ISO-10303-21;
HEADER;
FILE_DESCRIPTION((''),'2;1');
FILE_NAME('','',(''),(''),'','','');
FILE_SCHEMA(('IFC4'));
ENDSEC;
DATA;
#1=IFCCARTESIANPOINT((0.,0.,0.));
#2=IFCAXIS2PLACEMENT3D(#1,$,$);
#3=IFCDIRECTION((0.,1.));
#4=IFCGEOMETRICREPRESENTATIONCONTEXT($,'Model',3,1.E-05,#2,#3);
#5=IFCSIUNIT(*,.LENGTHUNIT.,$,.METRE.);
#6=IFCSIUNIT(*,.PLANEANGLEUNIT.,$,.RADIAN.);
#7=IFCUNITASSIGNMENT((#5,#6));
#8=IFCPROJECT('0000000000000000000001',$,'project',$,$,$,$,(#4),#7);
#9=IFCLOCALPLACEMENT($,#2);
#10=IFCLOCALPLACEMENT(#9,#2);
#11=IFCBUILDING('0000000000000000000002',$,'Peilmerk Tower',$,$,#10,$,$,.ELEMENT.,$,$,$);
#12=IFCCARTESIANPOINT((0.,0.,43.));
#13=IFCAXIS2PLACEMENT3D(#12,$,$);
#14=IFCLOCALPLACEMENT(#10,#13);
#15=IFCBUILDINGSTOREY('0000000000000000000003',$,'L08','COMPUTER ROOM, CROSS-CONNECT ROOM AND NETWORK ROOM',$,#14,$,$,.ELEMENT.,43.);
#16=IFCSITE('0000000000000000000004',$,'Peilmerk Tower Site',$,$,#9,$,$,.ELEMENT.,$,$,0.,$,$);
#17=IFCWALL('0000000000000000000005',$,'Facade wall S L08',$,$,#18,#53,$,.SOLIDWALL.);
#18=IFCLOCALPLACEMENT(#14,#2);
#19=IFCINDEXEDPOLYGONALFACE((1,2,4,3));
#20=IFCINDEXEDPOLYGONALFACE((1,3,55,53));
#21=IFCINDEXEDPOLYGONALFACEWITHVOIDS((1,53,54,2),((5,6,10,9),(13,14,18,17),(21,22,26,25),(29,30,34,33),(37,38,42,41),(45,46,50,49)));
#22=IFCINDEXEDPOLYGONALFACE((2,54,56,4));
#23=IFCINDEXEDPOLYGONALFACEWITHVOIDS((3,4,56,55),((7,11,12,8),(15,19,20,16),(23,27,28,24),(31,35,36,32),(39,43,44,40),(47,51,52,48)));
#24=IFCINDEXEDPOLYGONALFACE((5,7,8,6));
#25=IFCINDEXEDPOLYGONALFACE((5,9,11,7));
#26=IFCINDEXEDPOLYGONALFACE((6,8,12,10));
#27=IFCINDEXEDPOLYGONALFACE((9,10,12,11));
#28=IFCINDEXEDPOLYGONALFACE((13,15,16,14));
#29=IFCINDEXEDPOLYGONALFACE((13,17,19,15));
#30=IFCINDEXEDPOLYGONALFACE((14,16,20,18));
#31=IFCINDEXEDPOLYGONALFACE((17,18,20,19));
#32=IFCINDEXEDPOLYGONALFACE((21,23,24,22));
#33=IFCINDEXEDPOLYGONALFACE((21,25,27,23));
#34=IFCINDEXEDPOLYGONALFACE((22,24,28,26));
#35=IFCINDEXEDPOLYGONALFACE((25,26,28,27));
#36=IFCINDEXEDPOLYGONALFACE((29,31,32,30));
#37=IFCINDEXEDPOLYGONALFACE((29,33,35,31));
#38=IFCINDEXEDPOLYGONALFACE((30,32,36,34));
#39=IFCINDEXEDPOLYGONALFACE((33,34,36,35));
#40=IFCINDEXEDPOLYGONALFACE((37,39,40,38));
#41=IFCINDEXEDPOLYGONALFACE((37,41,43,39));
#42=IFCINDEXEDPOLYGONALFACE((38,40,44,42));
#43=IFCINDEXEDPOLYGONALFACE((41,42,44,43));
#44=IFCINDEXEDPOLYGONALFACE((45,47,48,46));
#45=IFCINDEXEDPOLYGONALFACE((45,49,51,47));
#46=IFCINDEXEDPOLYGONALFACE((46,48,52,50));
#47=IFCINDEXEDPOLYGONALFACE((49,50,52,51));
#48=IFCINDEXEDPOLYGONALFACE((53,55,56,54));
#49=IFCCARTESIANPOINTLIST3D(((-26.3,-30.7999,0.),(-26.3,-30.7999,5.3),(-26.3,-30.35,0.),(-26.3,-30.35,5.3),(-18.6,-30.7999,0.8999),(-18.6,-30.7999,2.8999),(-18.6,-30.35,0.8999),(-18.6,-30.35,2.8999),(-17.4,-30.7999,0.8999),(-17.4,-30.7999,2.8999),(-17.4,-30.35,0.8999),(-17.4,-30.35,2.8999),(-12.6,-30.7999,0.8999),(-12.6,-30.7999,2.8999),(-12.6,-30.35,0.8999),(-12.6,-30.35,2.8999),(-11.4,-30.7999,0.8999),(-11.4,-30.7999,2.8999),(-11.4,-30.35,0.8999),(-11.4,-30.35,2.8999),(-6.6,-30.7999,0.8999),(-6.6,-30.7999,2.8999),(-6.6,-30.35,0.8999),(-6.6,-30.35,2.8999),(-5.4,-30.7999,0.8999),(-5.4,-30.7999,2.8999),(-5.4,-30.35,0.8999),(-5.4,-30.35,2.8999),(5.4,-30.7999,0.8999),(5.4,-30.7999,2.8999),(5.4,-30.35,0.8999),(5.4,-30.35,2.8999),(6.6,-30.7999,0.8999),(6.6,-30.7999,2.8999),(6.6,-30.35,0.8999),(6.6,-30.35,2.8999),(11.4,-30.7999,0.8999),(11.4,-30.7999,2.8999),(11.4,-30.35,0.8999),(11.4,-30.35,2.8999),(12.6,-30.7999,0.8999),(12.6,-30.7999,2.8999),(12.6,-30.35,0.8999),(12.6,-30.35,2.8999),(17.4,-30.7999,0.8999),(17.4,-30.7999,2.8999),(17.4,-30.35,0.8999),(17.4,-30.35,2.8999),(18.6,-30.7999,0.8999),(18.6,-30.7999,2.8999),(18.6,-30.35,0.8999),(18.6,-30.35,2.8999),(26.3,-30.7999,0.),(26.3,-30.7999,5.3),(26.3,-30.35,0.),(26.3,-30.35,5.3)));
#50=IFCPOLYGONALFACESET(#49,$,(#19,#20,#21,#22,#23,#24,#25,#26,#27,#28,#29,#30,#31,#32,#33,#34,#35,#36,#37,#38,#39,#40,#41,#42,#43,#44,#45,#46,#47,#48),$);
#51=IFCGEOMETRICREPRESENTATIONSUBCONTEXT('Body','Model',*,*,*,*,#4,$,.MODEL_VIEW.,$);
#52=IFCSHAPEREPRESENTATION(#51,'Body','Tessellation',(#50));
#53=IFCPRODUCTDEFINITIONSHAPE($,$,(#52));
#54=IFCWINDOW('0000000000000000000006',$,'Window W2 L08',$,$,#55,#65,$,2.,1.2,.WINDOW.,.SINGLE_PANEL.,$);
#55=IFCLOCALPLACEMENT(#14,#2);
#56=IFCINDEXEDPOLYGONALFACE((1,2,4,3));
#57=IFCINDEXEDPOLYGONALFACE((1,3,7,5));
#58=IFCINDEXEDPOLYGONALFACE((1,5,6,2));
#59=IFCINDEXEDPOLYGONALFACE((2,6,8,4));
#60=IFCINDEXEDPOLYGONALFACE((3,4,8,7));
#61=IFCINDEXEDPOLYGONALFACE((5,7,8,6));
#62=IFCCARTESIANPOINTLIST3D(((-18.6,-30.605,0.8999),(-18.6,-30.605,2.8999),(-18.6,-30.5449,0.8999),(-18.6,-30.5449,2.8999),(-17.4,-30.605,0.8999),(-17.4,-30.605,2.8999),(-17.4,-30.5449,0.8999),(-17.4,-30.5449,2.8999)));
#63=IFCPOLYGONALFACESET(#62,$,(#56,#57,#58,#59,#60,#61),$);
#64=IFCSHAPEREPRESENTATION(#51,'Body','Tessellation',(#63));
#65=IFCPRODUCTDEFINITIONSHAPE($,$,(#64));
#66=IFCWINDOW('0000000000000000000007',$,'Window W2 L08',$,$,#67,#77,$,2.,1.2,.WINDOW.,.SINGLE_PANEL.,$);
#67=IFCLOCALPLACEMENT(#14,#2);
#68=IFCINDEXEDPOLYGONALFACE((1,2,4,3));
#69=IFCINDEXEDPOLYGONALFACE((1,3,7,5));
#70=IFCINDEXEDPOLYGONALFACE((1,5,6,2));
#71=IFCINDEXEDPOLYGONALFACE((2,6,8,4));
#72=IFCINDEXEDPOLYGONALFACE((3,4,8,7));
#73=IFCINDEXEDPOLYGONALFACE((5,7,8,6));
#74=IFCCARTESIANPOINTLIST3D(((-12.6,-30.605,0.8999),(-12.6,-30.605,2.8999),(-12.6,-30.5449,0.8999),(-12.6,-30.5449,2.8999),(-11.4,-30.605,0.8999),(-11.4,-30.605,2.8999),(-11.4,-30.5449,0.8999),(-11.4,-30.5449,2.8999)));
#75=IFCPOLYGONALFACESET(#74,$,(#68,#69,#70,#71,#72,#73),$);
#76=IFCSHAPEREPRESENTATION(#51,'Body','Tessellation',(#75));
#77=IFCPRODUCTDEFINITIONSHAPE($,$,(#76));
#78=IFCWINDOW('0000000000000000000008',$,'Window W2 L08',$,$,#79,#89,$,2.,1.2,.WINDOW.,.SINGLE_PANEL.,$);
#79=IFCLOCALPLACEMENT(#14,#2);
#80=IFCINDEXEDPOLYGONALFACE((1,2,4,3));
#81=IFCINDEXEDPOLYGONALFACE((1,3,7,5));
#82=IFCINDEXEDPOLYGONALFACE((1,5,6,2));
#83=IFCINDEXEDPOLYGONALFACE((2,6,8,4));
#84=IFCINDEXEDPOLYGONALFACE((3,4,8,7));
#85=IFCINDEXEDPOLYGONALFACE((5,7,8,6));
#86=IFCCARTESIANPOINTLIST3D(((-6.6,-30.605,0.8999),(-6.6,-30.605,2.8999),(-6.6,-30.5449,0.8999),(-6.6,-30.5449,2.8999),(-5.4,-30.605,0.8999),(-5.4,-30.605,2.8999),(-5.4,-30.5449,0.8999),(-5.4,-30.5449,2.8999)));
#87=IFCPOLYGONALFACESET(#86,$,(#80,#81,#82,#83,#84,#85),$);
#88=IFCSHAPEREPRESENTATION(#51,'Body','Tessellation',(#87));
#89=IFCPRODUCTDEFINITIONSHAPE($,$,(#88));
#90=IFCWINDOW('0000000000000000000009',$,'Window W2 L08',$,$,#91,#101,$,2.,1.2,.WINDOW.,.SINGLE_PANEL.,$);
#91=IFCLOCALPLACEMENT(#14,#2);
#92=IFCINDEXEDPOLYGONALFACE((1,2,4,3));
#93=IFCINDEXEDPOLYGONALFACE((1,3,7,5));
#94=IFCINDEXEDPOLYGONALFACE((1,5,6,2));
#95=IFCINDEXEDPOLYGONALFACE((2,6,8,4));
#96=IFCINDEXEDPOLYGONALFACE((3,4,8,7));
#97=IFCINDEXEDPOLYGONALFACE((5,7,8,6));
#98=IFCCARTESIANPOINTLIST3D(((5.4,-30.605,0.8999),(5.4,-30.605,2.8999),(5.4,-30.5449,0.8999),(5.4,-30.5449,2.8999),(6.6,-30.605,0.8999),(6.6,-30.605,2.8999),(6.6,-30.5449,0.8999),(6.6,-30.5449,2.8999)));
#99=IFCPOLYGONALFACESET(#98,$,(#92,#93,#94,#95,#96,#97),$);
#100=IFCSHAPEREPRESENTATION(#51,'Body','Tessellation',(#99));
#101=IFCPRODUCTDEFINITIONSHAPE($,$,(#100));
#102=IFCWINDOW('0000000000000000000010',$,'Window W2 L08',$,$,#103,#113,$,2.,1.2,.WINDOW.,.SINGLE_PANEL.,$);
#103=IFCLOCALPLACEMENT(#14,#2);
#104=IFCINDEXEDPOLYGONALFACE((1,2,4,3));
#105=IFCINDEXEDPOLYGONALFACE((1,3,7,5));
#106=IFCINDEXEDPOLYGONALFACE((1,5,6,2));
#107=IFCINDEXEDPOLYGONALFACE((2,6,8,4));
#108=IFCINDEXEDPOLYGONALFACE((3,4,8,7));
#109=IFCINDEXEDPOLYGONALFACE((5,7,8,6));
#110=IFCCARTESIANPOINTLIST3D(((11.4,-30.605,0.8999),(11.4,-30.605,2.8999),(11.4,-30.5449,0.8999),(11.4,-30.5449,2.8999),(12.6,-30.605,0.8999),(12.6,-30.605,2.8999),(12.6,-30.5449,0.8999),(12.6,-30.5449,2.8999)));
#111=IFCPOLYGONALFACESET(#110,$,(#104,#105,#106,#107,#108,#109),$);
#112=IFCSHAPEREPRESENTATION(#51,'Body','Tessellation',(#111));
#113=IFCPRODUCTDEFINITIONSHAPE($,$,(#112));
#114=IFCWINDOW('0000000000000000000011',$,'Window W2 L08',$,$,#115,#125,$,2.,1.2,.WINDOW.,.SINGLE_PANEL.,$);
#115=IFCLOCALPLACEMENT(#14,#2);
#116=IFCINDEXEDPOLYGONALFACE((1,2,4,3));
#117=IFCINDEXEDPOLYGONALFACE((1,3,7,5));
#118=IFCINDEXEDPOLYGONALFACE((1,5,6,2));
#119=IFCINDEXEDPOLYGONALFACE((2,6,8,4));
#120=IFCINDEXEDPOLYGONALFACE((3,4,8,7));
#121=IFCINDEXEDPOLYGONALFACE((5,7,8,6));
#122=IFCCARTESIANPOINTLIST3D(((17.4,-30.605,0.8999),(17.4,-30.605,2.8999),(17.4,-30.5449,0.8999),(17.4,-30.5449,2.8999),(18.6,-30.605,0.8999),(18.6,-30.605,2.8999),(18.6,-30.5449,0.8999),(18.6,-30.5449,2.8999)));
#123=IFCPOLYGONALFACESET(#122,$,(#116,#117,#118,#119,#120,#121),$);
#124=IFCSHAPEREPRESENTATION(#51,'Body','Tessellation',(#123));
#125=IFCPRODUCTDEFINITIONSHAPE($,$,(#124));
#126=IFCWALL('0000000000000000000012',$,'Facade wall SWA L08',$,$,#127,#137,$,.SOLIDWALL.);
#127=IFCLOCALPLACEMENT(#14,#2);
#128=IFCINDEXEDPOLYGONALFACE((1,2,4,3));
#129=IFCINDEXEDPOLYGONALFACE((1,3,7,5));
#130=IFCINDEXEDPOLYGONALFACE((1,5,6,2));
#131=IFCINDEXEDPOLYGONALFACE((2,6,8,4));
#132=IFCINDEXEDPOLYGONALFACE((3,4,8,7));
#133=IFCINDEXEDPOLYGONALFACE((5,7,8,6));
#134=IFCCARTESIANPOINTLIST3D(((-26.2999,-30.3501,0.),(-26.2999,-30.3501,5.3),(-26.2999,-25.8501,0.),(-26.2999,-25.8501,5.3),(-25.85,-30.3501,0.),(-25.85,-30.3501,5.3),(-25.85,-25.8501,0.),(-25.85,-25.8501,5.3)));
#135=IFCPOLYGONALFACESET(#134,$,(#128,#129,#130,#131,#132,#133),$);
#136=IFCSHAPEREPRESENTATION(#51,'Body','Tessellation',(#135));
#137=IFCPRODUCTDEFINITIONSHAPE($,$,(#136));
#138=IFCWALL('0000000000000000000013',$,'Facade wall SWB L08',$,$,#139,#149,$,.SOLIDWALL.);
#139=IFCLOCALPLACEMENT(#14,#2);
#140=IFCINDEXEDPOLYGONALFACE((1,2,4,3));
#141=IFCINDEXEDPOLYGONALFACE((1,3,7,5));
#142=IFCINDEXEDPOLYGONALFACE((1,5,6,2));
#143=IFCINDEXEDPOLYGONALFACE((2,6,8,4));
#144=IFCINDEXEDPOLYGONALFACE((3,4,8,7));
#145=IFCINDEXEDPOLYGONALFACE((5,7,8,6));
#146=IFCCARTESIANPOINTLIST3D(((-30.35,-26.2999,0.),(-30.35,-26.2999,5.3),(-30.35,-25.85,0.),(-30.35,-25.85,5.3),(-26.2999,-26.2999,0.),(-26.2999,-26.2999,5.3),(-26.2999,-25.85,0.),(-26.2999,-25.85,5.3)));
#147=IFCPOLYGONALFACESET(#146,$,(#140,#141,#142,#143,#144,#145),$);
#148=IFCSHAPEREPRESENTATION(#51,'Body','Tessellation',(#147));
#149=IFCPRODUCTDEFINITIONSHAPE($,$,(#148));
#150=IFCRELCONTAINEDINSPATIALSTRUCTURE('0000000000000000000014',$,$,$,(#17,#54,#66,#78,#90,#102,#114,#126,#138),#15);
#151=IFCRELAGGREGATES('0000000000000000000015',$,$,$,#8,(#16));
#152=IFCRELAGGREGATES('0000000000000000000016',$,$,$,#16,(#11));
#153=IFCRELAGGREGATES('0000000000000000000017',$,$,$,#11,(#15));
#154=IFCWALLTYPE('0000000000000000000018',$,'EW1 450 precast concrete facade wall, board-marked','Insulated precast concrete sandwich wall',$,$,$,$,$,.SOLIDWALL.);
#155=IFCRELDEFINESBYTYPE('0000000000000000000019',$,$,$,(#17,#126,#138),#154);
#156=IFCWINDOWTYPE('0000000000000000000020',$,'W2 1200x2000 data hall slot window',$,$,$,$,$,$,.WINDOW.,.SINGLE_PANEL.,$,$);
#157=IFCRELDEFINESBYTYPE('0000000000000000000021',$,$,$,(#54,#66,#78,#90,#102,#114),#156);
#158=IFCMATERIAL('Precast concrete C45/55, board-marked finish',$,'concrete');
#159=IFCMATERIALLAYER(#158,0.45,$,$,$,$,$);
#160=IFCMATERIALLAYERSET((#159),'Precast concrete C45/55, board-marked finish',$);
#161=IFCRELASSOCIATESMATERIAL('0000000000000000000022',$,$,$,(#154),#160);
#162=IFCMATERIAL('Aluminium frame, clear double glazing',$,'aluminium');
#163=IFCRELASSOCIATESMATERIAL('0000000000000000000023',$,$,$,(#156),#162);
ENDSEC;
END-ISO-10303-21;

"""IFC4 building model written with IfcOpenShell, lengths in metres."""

from ifc_helpers import new_model, si_unit, direction, frame, frame_2d, origin, place, context, subcontext, project, spatial, rectangle, extrude, material, layer, layer_set, type_object, element, fill, save


model = new_model("IFC4")

# Units and contexts
model_context = context("Model", 3, precision=1e-05, world=origin(), true_north=direction((0.0, 1.0)))
body_context = subcontext(model_context, "Body", "Model", "MODEL_VIEW")
ifc_project = project(units=[si_unit("LENGTHUNIT", "METRE"), si_unit("PLANEANGLEUNIT", "RADIAN")], contexts=[model_context])

# Site, building, storey
site_placement = place(None, origin())
site = spatial("IfcSite", under=ifc_project, at=site_placement, Name="Peilmerk Tower Site", CompositionType="ELEMENT", RefElevation=0.0)
building_placement = place(site_placement, origin())
building = spatial("IfcBuilding", under=site, at=building_placement, Name="Peilmerk Tower", CompositionType="ELEMENT")
storey_placement = place(building_placement, frame((0.0, 0.0, 43.0)))
storey = spatial("IfcBuildingStorey", under=building, at=storey_placement, Name="L08", Description="COMPUTER ROOM, CROSS-CONNECT ROOM AND NETWORK ROOM", CompositionType="ELEMENT", Elevation=43.0)

# Wall, openings, windows
ifc_material_1 = material(Name="Precast concrete C45/55, board-marked finish", Category="concrete")
ifc_layer = layer(ifc_material_1, 0.45)
ifc_layer_set = layer_set([ifc_layer], Name="Precast concrete C45/55, board-marked finish")
wall_type = type_object("IfcWallType", Name="EW1 450 precast concrete facade wall, board-marked", Description="Insulated precast concrete sandwich wall", PredefinedType="SOLIDWALL", material=ifc_layer_set)
wall_1_placement = place(storey_placement, frame((-26.3, -30.575, 0.0), z_axis=(0.0, 0.0, 1.0), x_axis=(1.0, 0.0, 0.0)))
wall_1 = element("IfcWall", 1, at=wall_1_placement, inside=storey, type_object=wall_type, Name="Facade wall S L08", PredefinedType="SOLIDWALL", context=body_context, shape_type="SweptSolid", body=[
    extrude(rectangle(XDim=52.6001, YDim=0.45, at=frame_2d((26.3, 0.0))), origin(), (0.0, 0.0, 1.0), 5.3),
])
opening_1_placement = place(wall_1_placement, frame((7.7, 0.0, 0.8999)))
opening_1 = element("IfcOpeningElement", 2, at=opening_1_placement, cuts=wall_1, PredefinedType="OPENING", context=body_context, shape_type="SweptSolid", body=[
    extrude(rectangle(XDim=1.2, YDim=2.0, at=frame_2d((0.6001, 1.0))), frame((0.0, 0.2349, 0.0), z_axis=(0.0, -1.0, 0.0), x_axis=(1.0, 0.0, 0.0)), (0.0, 0.0, 1.0), 0.47),
])
opening_2_placement = place(wall_1_placement, frame((13.7, 0.0, 0.8999)))
opening_2 = element("IfcOpeningElement", 3, at=opening_2_placement, cuts=wall_1, PredefinedType="OPENING", context=body_context, shape_type="SweptSolid", body=[
    extrude(rectangle(XDim=1.2, YDim=2.0, at=frame_2d((0.6001, 1.0))), frame((0.0, 0.2349, 0.0), z_axis=(0.0, -1.0, 0.0), x_axis=(1.0, 0.0, 0.0)), (0.0, 0.0, 1.0), 0.47),
])
opening_3_placement = place(wall_1_placement, frame((19.7, 0.0, 0.8999)))
opening_3 = element("IfcOpeningElement", 4, at=opening_3_placement, cuts=wall_1, PredefinedType="OPENING", context=body_context, shape_type="SweptSolid", body=[
    extrude(rectangle(XDim=1.2, YDim=2.0, at=frame_2d((0.6001, 1.0))), frame((0.0, 0.2349, 0.0), z_axis=(0.0, -1.0, 0.0), x_axis=(1.0, 0.0, 0.0)), (0.0, 0.0, 1.0), 0.47),
])
opening_4_placement = place(wall_1_placement, frame((31.7, 0.0, 0.8999)))
opening_4 = element("IfcOpeningElement", 5, at=opening_4_placement, cuts=wall_1, PredefinedType="OPENING", context=body_context, shape_type="SweptSolid", body=[
    extrude(rectangle(XDim=1.2, YDim=2.0, at=frame_2d((0.6001, 1.0))), frame((0.0, 0.2349, 0.0), z_axis=(0.0, -1.0, 0.0), x_axis=(1.0, 0.0, 0.0)), (0.0, 0.0, 1.0), 0.47),
])
opening_5_placement = place(wall_1_placement, frame((37.7, 0.0, 0.8999)))
opening_5 = element("IfcOpeningElement", 6, at=opening_5_placement, cuts=wall_1, PredefinedType="OPENING", context=body_context, shape_type="SweptSolid", body=[
    extrude(rectangle(XDim=1.2, YDim=2.0, at=frame_2d((0.6001, 1.0))), frame((0.0, 0.2349, 0.0), z_axis=(0.0, -1.0, 0.0), x_axis=(1.0, 0.0, 0.0)), (0.0, 0.0, 1.0), 0.47),
])
opening_6_placement = place(wall_1_placement, frame((43.7, 0.0, 0.8999)))
opening_6 = element("IfcOpeningElement", 7, at=opening_6_placement, cuts=wall_1, PredefinedType="OPENING", context=body_context, shape_type="SweptSolid", body=[
    extrude(rectangle(XDim=1.2, YDim=2.0, at=frame_2d((0.6001, 1.0))), frame((0.0, 0.2349, 0.0), z_axis=(0.0, -1.0, 0.0), x_axis=(1.0, 0.0, 0.0)), (0.0, 0.0, 1.0), 0.47),
])
ifc_material_2 = material(Name="Aluminium frame, clear double glazing", Category="aluminium")
window_type = type_object("IfcWindowType", Name="W2 1200x2000 data hall slot window", PartitioningType="SINGLE_PANEL", PredefinedType="WINDOW", material=ifc_material_2)
window_1_placement = place(opening_1_placement, origin())
window_1 = element("IfcWindow", 8, at=window_1_placement, inside=storey, type_object=window_type, Name="Window W2 L08", OverallHeight=2.0, OverallWidth=1.2, PartitioningType="SINGLE_PANEL", PredefinedType="WINDOW", context=body_context, shape_type="SweptSolid", body=[
    extrude(rectangle(XDim=1.2, YDim=2.0, at=frame_2d((0.6001, 1.0))), frame((0.0, 0.03, 0.0), z_axis=(0.0, -1.0, 0.0), x_axis=(1.0, 0.0, 0.0)), (0.0, 0.0, 1.0), 0.0601),
])
fill(opening_1, window_1)
window_2_placement = place(opening_2_placement, origin())
window_2 = element("IfcWindow", 9, at=window_2_placement, inside=storey, type_object=window_type, Name="Window W2 L08", OverallHeight=2.0, OverallWidth=1.2, PartitioningType="SINGLE_PANEL", PredefinedType="WINDOW", context=body_context, shape_type="SweptSolid", body=[
    extrude(rectangle(XDim=1.2, YDim=2.0, at=frame_2d((0.6001, 1.0))), frame((0.0, 0.03, 0.0), z_axis=(0.0, -1.0, 0.0), x_axis=(1.0, 0.0, 0.0)), (0.0, 0.0, 1.0), 0.0601),
])
fill(opening_2, window_2)
window_3_placement = place(opening_3_placement, origin())
window_3 = element("IfcWindow", 10, at=window_3_placement, inside=storey, type_object=window_type, Name="Window W2 L08", OverallHeight=2.0, OverallWidth=1.2, PartitioningType="SINGLE_PANEL", PredefinedType="WINDOW", context=body_context, shape_type="SweptSolid", body=[
    extrude(rectangle(XDim=1.2, YDim=2.0, at=frame_2d((0.6001, 1.0))), frame((0.0, 0.03, 0.0), z_axis=(0.0, -1.0, 0.0), x_axis=(1.0, 0.0, 0.0)), (0.0, 0.0, 1.0), 0.0601),
])
fill(opening_3, window_3)
window_4_placement = place(opening_4_placement, origin())
window_4 = element("IfcWindow", 11, at=window_4_placement, inside=storey, type_object=window_type, Name="Window W2 L08", OverallHeight=2.0, OverallWidth=1.2, PartitioningType="SINGLE_PANEL", PredefinedType="WINDOW", context=body_context, shape_type="SweptSolid", body=[
    extrude(rectangle(XDim=1.2, YDim=2.0, at=frame_2d((0.6001, 1.0))), frame((0.0, 0.03, 0.0), z_axis=(0.0, -1.0, 0.0), x_axis=(1.0, 0.0, 0.0)), (0.0, 0.0, 1.0), 0.0601),
])
fill(opening_4, window_4)
window_5_placement = place(opening_5_placement, origin())
window_5 = element("IfcWindow", 12, at=window_5_placement, inside=storey, type_object=window_type, Name="Window W2 L08", OverallHeight=2.0, OverallWidth=1.2, PartitioningType="SINGLE_PANEL", PredefinedType="WINDOW", context=body_context, shape_type="SweptSolid", body=[
    extrude(rectangle(XDim=1.2, YDim=2.0, at=frame_2d((0.6001, 1.0))), frame((0.0, 0.03, 0.0), z_axis=(0.0, -1.0, 0.0), x_axis=(1.0, 0.0, 0.0)), (0.0, 0.0, 1.0), 0.0601),
])
fill(opening_5, window_5)
window_6_placement = place(opening_6_placement, origin())
window_6 = element("IfcWindow", 13, at=window_6_placement, inside=storey, type_object=window_type, Name="Window W2 L08", OverallHeight=2.0, OverallWidth=1.2, PartitioningType="SINGLE_PANEL", PredefinedType="WINDOW", context=body_context, shape_type="SweptSolid", body=[
    extrude(rectangle(XDim=1.2, YDim=2.0, at=frame_2d((0.6001, 1.0))), frame((0.0, 0.03, 0.0), z_axis=(0.0, -1.0, 0.0), x_axis=(1.0, 0.0, 0.0)), (0.0, 0.0, 1.0), 0.0601),
])
fill(opening_6, window_6)

# Walls
wall_2_placement = place(storey_placement, frame((-26.075, -25.8501, 0.0), z_axis=(0.0, 0.0, 1.0), x_axis=(0.0, -1.0, 0.0)))
element("IfcWall", 14, at=wall_2_placement, inside=storey, type_object=wall_type, Name="Facade wall SWA L08", PredefinedType="SOLIDWALL", context=body_context, shape_type="SweptSolid", body=[
    extrude(rectangle(XDim=4.5, YDim=0.45, at=frame_2d((2.25, 0.0))), origin(), (0.0, 0.0, 1.0), 5.3),
])
wall_3_placement = place(storey_placement, frame((-26.3, -26.075, 0.0), z_axis=(0.0, 0.0, 1.0), x_axis=(-1.0, 0.0, 0.0)))
element("IfcWall", 15, at=wall_3_placement, inside=storey, type_object=wall_type, Name="Facade wall SWB L08", PredefinedType="SOLIDWALL", context=body_context, shape_type="SweptSolid", body=[
    extrude(rectangle(XDim=4.05, YDim=0.45, at=frame_2d((2.0249, 0.0))), origin(), (0.0, 0.0, 1.0), 5.3),
])

save(model, "model.ifc")
